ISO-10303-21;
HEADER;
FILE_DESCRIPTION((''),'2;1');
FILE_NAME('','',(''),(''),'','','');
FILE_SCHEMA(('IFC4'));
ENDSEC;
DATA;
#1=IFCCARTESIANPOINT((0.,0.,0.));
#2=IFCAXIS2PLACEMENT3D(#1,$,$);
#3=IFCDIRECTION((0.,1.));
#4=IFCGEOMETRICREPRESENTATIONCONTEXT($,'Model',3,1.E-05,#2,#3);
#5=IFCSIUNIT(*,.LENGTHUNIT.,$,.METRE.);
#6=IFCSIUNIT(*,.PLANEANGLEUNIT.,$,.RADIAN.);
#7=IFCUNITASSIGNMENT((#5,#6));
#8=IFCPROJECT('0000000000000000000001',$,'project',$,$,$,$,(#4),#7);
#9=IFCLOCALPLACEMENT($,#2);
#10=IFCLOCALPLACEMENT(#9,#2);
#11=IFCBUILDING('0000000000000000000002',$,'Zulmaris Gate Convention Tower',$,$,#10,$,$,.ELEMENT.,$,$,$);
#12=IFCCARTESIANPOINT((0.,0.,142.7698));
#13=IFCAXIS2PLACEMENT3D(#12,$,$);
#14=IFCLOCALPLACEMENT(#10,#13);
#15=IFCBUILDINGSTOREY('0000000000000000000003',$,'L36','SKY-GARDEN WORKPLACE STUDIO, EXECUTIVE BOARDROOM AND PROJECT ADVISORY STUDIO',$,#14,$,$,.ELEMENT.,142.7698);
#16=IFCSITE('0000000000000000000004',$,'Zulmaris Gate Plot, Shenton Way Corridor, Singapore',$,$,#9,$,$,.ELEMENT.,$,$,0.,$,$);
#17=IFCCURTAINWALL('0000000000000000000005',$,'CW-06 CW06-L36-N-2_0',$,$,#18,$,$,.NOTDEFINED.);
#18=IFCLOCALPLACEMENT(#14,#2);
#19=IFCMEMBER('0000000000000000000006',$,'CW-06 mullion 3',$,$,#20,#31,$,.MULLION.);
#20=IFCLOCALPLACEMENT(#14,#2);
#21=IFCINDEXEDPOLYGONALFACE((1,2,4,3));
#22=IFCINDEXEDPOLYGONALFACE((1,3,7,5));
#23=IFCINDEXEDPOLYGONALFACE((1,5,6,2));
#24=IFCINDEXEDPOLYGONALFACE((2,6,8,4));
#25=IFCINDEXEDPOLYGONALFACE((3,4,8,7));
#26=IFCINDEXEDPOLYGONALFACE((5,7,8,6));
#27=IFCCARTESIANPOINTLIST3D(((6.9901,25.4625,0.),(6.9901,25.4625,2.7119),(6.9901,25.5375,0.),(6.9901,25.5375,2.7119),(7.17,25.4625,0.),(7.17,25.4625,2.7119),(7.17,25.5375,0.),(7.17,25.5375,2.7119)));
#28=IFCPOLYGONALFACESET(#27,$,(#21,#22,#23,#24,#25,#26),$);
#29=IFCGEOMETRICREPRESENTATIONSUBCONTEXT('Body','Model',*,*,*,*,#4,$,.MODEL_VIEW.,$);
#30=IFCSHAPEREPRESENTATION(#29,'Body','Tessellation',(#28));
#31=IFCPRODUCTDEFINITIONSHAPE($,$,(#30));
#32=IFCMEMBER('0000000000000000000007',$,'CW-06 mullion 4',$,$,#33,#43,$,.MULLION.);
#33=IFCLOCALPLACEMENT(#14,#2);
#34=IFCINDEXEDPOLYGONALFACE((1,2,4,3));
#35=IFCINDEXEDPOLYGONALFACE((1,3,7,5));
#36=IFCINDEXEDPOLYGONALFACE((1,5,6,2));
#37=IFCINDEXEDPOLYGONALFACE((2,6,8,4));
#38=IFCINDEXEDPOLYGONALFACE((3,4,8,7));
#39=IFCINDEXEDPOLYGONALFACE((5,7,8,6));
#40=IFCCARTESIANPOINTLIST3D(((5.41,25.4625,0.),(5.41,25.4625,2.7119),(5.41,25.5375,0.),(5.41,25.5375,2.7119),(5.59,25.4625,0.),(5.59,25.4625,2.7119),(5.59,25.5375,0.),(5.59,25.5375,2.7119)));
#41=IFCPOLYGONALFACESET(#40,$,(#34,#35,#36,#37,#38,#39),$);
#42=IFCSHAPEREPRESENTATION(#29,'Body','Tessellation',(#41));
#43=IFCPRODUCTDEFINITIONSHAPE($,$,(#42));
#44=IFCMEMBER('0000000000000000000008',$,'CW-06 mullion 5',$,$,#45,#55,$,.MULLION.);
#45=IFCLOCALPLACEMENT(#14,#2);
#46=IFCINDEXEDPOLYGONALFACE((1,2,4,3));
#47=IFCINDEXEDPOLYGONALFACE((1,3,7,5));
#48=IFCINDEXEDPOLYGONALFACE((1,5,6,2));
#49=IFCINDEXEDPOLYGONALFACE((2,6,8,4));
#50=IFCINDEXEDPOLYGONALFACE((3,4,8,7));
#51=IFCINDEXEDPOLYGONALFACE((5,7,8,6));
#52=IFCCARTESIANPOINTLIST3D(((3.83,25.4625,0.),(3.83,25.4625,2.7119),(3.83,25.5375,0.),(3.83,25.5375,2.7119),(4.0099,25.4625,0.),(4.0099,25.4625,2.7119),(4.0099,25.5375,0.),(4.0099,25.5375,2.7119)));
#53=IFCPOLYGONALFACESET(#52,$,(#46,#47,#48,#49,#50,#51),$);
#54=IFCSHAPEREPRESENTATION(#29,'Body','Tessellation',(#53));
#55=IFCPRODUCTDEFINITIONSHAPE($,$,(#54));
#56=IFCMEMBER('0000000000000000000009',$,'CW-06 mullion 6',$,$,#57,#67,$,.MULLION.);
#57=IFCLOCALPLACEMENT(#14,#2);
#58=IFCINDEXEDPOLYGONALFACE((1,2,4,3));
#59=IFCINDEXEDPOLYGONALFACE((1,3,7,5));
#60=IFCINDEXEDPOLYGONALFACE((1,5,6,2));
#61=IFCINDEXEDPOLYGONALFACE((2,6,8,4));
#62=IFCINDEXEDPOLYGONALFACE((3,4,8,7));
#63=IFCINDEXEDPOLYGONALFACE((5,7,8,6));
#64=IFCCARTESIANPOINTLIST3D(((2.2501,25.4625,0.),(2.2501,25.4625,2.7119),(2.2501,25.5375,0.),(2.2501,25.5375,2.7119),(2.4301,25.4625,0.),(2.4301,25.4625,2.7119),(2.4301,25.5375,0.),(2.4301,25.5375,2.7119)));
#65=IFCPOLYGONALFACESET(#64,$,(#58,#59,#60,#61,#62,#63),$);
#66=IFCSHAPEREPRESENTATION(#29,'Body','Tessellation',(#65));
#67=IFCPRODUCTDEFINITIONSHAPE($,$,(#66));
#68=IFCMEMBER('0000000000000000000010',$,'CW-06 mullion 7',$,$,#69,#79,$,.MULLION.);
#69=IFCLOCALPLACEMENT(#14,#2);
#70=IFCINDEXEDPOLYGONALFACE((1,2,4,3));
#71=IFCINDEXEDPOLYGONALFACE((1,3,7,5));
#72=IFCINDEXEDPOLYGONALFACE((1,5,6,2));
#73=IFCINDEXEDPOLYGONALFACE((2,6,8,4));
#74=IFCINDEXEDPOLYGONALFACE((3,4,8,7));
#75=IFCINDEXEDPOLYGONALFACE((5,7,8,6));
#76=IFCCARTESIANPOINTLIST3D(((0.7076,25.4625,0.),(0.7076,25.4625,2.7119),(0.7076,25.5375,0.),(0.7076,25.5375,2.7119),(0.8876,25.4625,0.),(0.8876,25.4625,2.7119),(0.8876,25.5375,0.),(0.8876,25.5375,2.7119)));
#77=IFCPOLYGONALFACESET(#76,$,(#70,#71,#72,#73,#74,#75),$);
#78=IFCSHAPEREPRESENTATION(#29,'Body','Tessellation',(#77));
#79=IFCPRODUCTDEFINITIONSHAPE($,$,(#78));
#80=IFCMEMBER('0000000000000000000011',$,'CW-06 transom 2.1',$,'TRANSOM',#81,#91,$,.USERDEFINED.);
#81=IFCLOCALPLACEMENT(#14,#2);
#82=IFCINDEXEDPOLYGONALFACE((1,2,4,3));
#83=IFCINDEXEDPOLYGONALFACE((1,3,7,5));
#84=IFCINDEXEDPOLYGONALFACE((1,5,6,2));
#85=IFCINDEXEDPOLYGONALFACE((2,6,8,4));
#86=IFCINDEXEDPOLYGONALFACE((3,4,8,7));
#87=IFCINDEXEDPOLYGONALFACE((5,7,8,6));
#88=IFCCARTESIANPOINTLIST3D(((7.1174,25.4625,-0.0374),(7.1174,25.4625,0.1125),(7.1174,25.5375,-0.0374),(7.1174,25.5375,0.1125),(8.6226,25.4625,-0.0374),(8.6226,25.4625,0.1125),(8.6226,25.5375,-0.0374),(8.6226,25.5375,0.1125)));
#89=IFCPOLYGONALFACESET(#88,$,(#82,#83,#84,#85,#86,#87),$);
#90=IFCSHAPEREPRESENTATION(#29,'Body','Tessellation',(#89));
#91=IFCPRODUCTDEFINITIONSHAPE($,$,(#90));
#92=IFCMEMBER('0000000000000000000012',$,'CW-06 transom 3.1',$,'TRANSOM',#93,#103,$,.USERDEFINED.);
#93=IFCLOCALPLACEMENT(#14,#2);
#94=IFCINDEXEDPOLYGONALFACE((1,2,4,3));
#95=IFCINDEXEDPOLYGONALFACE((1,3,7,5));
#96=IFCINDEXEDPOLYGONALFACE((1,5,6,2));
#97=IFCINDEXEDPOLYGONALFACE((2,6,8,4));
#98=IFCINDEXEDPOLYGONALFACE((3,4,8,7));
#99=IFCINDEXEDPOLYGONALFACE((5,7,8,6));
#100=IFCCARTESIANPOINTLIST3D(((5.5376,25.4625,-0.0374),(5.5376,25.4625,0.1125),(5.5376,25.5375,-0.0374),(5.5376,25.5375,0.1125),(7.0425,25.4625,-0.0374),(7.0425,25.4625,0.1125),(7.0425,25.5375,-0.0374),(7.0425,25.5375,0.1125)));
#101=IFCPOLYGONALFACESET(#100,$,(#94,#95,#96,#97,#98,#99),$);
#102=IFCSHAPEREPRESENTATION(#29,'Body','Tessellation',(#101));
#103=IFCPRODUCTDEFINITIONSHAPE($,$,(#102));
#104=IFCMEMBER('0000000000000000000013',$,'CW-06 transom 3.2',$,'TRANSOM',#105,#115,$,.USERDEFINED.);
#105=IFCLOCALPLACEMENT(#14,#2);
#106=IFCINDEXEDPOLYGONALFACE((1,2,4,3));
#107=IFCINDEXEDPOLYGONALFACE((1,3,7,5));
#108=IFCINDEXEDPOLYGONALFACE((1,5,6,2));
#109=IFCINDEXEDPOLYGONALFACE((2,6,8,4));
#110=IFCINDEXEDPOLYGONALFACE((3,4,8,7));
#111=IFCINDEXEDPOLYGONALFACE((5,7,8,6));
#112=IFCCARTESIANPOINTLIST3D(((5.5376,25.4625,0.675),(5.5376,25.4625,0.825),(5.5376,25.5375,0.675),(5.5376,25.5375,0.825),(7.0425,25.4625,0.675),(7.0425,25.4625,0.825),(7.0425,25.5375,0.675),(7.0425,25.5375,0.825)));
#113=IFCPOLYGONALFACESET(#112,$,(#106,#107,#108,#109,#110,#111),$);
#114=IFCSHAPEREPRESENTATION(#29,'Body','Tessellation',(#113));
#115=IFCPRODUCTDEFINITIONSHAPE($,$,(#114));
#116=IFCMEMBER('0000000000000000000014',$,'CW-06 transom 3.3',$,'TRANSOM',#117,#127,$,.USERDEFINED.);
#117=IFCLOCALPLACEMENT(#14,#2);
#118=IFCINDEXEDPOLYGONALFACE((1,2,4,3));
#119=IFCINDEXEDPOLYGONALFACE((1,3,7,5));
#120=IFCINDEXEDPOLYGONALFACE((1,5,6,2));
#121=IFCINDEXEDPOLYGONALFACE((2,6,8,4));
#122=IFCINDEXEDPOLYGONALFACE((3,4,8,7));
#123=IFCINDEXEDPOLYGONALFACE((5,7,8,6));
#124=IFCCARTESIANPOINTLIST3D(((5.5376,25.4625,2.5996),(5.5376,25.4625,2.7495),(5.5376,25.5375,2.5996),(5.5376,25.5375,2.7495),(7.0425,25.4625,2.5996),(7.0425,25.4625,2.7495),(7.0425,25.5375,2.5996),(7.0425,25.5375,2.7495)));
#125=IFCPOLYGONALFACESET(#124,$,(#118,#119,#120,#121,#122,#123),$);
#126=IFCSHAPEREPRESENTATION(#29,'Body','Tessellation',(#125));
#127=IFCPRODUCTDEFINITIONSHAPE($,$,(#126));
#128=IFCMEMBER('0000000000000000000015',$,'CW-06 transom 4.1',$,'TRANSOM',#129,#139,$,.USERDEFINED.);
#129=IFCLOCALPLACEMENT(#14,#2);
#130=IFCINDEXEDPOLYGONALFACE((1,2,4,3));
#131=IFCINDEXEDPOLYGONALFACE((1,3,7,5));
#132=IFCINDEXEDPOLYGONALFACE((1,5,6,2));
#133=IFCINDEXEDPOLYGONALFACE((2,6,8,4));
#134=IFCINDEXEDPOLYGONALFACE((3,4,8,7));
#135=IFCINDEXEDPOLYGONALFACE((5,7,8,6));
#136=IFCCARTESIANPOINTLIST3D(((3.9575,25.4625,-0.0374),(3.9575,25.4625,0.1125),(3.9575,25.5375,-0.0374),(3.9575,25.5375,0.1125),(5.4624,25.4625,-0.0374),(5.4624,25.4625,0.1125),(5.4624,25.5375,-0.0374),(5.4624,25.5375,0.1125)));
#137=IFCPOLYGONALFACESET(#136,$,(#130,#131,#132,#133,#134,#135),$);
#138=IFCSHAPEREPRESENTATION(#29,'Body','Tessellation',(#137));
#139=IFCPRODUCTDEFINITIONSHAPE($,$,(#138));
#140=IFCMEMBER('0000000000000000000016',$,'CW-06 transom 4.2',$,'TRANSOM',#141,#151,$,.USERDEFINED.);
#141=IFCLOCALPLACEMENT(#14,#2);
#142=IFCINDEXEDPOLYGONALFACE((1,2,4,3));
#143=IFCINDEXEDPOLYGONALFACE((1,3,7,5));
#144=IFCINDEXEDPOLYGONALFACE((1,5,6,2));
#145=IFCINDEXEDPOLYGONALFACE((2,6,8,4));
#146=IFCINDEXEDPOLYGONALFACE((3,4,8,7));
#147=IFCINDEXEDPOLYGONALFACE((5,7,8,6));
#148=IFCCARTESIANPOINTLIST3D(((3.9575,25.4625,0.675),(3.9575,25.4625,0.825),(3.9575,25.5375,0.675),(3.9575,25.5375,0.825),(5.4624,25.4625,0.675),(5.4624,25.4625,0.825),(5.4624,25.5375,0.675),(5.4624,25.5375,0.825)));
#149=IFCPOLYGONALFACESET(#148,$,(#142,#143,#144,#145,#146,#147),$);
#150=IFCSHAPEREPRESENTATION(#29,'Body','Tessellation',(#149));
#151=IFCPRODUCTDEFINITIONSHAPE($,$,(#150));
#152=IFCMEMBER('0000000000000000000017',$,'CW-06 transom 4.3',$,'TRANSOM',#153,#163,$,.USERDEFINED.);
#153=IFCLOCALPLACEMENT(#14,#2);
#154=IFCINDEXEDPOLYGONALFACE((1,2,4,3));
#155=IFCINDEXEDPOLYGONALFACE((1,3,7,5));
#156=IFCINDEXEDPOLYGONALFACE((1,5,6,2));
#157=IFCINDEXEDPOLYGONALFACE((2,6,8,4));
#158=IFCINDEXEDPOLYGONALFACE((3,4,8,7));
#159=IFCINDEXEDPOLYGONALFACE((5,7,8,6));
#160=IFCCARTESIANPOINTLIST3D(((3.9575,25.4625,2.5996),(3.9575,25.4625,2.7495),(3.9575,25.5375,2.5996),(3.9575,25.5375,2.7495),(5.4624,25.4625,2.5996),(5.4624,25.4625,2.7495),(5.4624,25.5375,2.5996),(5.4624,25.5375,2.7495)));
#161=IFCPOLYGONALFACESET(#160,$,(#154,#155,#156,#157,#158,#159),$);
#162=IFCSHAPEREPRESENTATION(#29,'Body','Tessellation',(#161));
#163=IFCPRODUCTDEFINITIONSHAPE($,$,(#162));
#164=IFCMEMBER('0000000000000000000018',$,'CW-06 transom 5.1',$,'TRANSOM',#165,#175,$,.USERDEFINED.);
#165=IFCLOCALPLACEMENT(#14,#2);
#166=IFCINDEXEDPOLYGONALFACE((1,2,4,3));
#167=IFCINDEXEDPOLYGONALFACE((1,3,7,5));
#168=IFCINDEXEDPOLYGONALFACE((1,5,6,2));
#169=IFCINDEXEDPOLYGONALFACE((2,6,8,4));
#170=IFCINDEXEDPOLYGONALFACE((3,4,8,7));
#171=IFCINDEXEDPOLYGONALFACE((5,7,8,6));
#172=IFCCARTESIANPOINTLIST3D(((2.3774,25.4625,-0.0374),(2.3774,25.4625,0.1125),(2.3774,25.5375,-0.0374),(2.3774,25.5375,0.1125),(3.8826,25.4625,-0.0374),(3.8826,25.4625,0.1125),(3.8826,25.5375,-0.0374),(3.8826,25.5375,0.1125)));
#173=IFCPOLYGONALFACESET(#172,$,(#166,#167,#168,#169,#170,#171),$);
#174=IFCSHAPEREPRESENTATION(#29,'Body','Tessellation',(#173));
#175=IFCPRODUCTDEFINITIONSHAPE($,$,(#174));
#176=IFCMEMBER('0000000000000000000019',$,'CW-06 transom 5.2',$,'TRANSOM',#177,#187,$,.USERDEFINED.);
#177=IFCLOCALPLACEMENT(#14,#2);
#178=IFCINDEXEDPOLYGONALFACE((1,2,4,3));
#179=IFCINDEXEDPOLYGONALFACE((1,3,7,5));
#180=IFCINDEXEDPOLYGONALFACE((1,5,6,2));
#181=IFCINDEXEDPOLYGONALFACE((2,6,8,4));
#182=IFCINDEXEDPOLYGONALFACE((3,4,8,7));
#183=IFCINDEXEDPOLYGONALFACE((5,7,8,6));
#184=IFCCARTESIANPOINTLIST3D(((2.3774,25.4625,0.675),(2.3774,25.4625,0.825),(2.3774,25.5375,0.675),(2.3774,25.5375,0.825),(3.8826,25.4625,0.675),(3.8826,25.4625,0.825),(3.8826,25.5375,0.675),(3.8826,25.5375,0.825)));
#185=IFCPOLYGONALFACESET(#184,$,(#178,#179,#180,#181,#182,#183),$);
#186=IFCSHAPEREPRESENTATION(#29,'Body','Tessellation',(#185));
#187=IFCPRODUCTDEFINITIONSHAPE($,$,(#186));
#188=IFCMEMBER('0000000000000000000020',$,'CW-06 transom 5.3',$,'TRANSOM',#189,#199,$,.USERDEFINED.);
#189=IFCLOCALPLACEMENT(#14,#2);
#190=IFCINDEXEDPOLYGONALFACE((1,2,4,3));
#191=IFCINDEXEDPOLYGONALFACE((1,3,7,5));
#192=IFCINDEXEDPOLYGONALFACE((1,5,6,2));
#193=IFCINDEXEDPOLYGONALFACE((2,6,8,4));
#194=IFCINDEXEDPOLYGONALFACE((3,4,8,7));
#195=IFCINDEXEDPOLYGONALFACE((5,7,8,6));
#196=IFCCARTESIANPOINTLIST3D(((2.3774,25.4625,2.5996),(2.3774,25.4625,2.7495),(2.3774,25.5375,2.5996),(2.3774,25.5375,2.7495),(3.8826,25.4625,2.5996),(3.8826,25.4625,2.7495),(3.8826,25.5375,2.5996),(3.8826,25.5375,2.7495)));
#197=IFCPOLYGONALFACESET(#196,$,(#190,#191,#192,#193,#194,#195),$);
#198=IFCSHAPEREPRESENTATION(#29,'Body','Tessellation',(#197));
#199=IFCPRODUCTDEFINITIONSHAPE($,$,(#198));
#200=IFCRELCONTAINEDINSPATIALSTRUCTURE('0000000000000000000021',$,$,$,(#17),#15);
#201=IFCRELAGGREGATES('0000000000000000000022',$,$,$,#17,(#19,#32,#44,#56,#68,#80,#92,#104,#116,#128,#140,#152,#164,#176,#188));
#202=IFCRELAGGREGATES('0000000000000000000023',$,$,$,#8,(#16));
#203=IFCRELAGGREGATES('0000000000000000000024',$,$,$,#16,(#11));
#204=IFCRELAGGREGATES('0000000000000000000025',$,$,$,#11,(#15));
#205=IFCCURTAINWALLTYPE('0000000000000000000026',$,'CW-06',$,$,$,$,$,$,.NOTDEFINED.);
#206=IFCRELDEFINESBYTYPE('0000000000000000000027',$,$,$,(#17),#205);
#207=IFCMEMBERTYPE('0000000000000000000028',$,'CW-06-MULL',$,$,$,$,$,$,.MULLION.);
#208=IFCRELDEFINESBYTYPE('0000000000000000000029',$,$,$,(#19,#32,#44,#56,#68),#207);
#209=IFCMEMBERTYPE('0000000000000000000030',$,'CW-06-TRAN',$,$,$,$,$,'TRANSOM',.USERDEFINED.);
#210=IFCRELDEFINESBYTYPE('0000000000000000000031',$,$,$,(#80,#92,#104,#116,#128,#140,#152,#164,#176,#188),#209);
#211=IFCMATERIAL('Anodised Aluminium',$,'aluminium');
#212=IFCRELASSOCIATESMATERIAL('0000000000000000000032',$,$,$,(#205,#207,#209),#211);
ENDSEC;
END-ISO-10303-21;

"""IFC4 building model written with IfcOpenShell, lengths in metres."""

from ifc_helpers import new_model, si_unit, direction, frame, origin, origin_2d, place, context, subcontext, project, spatial, rectangle, extrude, material, material_profile, profile_set, type_object, element, aggregate, save


model = new_model("IFC4")

# Units and contexts
model_context = context("Model", 3, precision=1e-05, world=origin(), true_north=direction((0.0, 1.0)))
body_context = subcontext(model_context, "Body", "Model", "MODEL_VIEW")
ifc_project = project(units=[si_unit("LENGTHUNIT", "METRE"), si_unit("PLANEANGLEUNIT", "RADIAN")], contexts=[model_context])

# Site, building, storey
site_placement = place(None, origin())
site = spatial("IfcSite", under=ifc_project, at=site_placement, Name="Zulmaris Gate Plot, Shenton Way Corridor, Singapore", CompositionType="ELEMENT", RefElevation=0.0)
building_placement = place(site_placement, origin())
building = spatial("IfcBuilding", under=site, at=building_placement, Name="Zulmaris Gate Convention Tower", CompositionType="ELEMENT")
storey_placement = place(building_placement, frame((0.0, 0.0, 142.7698)))
storey = spatial("IfcBuildingStorey", under=building, at=storey_placement, Name="L36", Description="SKY-GARDEN WORKPLACE STUDIO, EXECUTIVE BOARDROOM AND PROJECT ADVISORY STUDIO", CompositionType="ELEMENT", Elevation=142.7698)

# Curtain wall, members
ifc_material_1 = material(Name="Anodised Aluminium", Category="aluminium")
curtain_wall_type = type_object("IfcCurtainWallType", Name="CW-06", PredefinedType="NOTDEFINED", material=ifc_material_1)
curtain_wall_placement = place(storey_placement, origin())
curtain_wall = element("IfcCurtainWall", 1, at=curtain_wall_placement, inside=storey, type_object=curtain_wall_type, Name="CW-06 CW06-L36-N-2_0", PredefinedType="NOTDEFINED")
ifc_material_profile_1 = material_profile(ifc_material_1, rectangle(XDim=0.075, YDim=0.1799, at=origin_2d()), Name="ALU MULLION 75x180")
ifc_profile_set_1 = profile_set([ifc_material_profile_1], Name="Anodised Aluminium")
member_type_1 = type_object("IfcMemberType", Name="CW-06-MULL", PredefinedType="MULLION", material=ifc_profile_set_1)
member_1_placement = place(storey_placement, frame((7.0801, 25.5, 0.0), z_axis=(0.0, 0.0, 1.0), x_axis=(0.0, -1.0, 0.0)))
member_1 = element("IfcMember", 2, at=member_1_placement, type_object=member_type_1, Name="CW-06 mullion 3", PredefinedType="MULLION", context=body_context, shape_type="SweptSolid", body=[
    extrude(rectangle(XDim=0.075, YDim=0.1799, at=origin_2d()), origin(), (0.0, 0.0, 1.0), 2.7119),
])
member_2_placement = place(storey_placement, frame((5.5, 25.5, 0.0), z_axis=(0.0, 0.0, 1.0), x_axis=(0.0, -1.0, 0.0)))
member_2 = element("IfcMember", 3, at=member_2_placement, type_object=member_type_1, Name="CW-06 mullion 4", PredefinedType="MULLION", context=body_context, shape_type="SweptSolid", body=[
    extrude(rectangle(XDim=0.075, YDim=0.1799, at=origin_2d()), origin(), (0.0, 0.0, 1.0), 2.7119),
])
member_3_placement = place(storey_placement, frame((3.9199, 25.5, 0.0), z_axis=(0.0, 0.0, 1.0), x_axis=(0.0, -1.0, 0.0)))
member_3 = element("IfcMember", 4, at=member_3_placement, type_object=member_type_1, Name="CW-06 mullion 5", PredefinedType="MULLION", context=body_context, shape_type="SweptSolid", body=[
    extrude(rectangle(XDim=0.075, YDim=0.1799, at=origin_2d()), origin(), (0.0, 0.0, 1.0), 2.7119),
])
member_4_placement = place(storey_placement, frame((2.3401, 25.5, 0.0), z_axis=(0.0, 0.0, 1.0), x_axis=(0.0, -1.0, 0.0)))
member_4 = element("IfcMember", 5, at=member_4_placement, type_object=member_type_1, Name="CW-06 mullion 6", PredefinedType="MULLION", context=body_context, shape_type="SweptSolid", body=[
    extrude(rectangle(XDim=0.075, YDim=0.1799, at=origin_2d()), origin(), (0.0, 0.0, 1.0), 2.7119),
])
member_5_placement = place(storey_placement, frame((0.7976, 25.5, 0.0), z_axis=(0.0, 0.0, 1.0), x_axis=(0.0, -1.0, 0.0)))
member_5 = element("IfcMember", 6, at=member_5_placement, type_object=member_type_1, Name="CW-06 mullion 7", PredefinedType="MULLION", context=body_context, shape_type="SweptSolid", body=[
    extrude(rectangle(XDim=0.075, YDim=0.1799, at=origin_2d()), origin(), (0.0, 0.0, 1.0), 2.7119),
])
ifc_material_profile_2 = material_profile(ifc_material_1, rectangle(XDim=0.075, YDim=0.1499, at=origin_2d()), Name="ALU TRANSOM 75x150")
ifc_profile_set_2 = profile_set([ifc_material_profile_2], Name="Anodised Aluminium")
member_type_2 = type_object("IfcMemberType", Name="CW-06-TRAN", ElementType="TRANSOM", PredefinedType="USERDEFINED", material=ifc_profile_set_2)
member_6_placement = place(storey_placement, frame((8.6226, 25.5, 0.0376), z_axis=(-1.0, 0.0, 0.0), x_axis=(0.0, -1.0, 0.0)))
member_6 = element("IfcMember", 7, at=member_6_placement, type_object=member_type_2, Name="CW-06 transom 2.1", ObjectType="TRANSOM", PredefinedType="USERDEFINED", context=body_context, shape_type="SweptSolid", body=[
    extrude(rectangle(XDim=0.075, YDim=0.1499, at=origin_2d()), origin(), (0.0, 0.0, 1.0), 1.5051),
])
member_7_placement = place(storey_placement, frame((7.0425, 25.5, 0.0376), z_axis=(-1.0, 0.0, 0.0), x_axis=(0.0, -1.0, 0.0)))
member_7 = element("IfcMember", 8, at=member_7_placement, type_object=member_type_2, Name="CW-06 transom 3.1", ObjectType="TRANSOM", PredefinedType="USERDEFINED", context=body_context, shape_type="SweptSolid", body=[
    extrude(rectangle(XDim=0.075, YDim=0.1499, at=origin_2d()), origin(), (0.0, 0.0, 1.0), 1.5049),
])
member_8_placement = place(storey_placement, frame((7.0425, 25.5, 0.75), z_axis=(-1.0, 0.0, 0.0), x_axis=(0.0, -1.0, 0.0)))
member_8 = element("IfcMember", 9, at=member_8_placement, type_object=member_type_2, Name="CW-06 transom 3.2", ObjectType="TRANSOM", PredefinedType="USERDEFINED", context=body_context, shape_type="SweptSolid", body=[
    extrude(rectangle(XDim=0.075, YDim=0.1499, at=origin_2d()), origin(), (0.0, 0.0, 1.0), 1.5049),
])
member_9_placement = place(storey_placement, frame((7.0425, 25.5, 2.6746), z_axis=(-1.0, 0.0, 0.0), x_axis=(0.0, -1.0, 0.0)))
member_9 = element("IfcMember", 10, at=member_9_placement, type_object=member_type_2, Name="CW-06 transom 3.3", ObjectType="TRANSOM", PredefinedType="USERDEFINED", context=body_context, shape_type="SweptSolid", body=[
    extrude(rectangle(XDim=0.075, YDim=0.1499, at=origin_2d()), origin(), (0.0, 0.0, 1.0), 1.5049),
])
member_10_placement = place(storey_placement, frame((5.4624, 25.5, 0.0376), z_axis=(-1.0, 0.0, 0.0), x_axis=(0.0, -1.0, 0.0)))
member_10 = element("IfcMember", 11, at=member_10_placement, type_object=member_type_2, Name="CW-06 transom 4.1", ObjectType="TRANSOM", PredefinedType="USERDEFINED", context=body_context, shape_type="SweptSolid", body=[
    extrude(rectangle(XDim=0.075, YDim=0.1499, at=origin_2d()), origin(), (0.0, 0.0, 1.0), 1.5049),
])
member_11_placement = place(storey_placement, frame((5.4624, 25.5, 0.75), z_axis=(-1.0, 0.0, 0.0), x_axis=(0.0, -1.0, 0.0)))
member_11 = element("IfcMember", 12, at=member_11_placement, type_object=member_type_2, Name="CW-06 transom 4.2", ObjectType="TRANSOM", PredefinedType="USERDEFINED", context=body_context, shape_type="SweptSolid", body=[
    extrude(rectangle(XDim=0.075, YDim=0.1499, at=origin_2d()), origin(), (0.0, 0.0, 1.0), 1.5049),
])
member_12_placement = place(storey_placement, frame((5.4624, 25.5, 2.6746), z_axis=(-1.0, 0.0, 0.0), x_axis=(0.0, -1.0, 0.0)))
member_12 = element("IfcMember", 13, at=member_12_placement, type_object=member_type_2, Name="CW-06 transom 4.3", ObjectType="TRANSOM", PredefinedType="USERDEFINED", context=body_context, shape_type="SweptSolid", body=[
    extrude(rectangle(XDim=0.075, YDim=0.1499, at=origin_2d()), origin(), (0.0, 0.0, 1.0), 1.5049),
])
member_13_placement = place(storey_placement, frame((3.8826, 25.5, 0.0376), z_axis=(-1.0, 0.0, 0.0), x_axis=(0.0, -1.0, 0.0)))
member_13 = element("IfcMember", 14, at=member_13_placement, type_object=member_type_2, Name="CW-06 transom 5.1", ObjectType="TRANSOM", PredefinedType="USERDEFINED", context=body_context, shape_type="SweptSolid", body=[
    extrude(rectangle(XDim=0.075, YDim=0.1499, at=origin_2d()), origin(), (0.0, 0.0, 1.0), 1.5051),
])
member_14_placement = place(storey_placement, frame((3.8826, 25.5, 0.75), z_axis=(-1.0, 0.0, 0.0), x_axis=(0.0, -1.0, 0.0)))
member_14 = element("IfcMember", 15, at=member_14_placement, type_object=member_type_2, Name="CW-06 transom 5.2", ObjectType="TRANSOM", PredefinedType="USERDEFINED", context=body_context, shape_type="SweptSolid", body=[
    extrude(rectangle(XDim=0.075, YDim=0.1499, at=origin_2d()), origin(), (0.0, 0.0, 1.0), 1.5051),
])
member_15_placement = place(storey_placement, frame((3.8826, 25.5, 2.6746), z_axis=(-1.0, 0.0, 0.0), x_axis=(0.0, -1.0, 0.0)))
member_15 = element("IfcMember", 16, at=member_15_placement, type_object=member_type_2, Name="CW-06 transom 5.3", ObjectType="TRANSOM", PredefinedType="USERDEFINED", context=body_context, shape_type="SweptSolid", body=[
    extrude(rectangle(XDim=0.075, YDim=0.1499, at=origin_2d()), origin(), (0.0, 0.0, 1.0), 1.5051),
])
aggregate(curtain_wall, [member_1, member_2, member_3, member_4, member_5, member_6, member_7, member_8, member_9, member_10, member_11, member_12, member_13, member_14, member_15])

save(model, "model.ifc")
